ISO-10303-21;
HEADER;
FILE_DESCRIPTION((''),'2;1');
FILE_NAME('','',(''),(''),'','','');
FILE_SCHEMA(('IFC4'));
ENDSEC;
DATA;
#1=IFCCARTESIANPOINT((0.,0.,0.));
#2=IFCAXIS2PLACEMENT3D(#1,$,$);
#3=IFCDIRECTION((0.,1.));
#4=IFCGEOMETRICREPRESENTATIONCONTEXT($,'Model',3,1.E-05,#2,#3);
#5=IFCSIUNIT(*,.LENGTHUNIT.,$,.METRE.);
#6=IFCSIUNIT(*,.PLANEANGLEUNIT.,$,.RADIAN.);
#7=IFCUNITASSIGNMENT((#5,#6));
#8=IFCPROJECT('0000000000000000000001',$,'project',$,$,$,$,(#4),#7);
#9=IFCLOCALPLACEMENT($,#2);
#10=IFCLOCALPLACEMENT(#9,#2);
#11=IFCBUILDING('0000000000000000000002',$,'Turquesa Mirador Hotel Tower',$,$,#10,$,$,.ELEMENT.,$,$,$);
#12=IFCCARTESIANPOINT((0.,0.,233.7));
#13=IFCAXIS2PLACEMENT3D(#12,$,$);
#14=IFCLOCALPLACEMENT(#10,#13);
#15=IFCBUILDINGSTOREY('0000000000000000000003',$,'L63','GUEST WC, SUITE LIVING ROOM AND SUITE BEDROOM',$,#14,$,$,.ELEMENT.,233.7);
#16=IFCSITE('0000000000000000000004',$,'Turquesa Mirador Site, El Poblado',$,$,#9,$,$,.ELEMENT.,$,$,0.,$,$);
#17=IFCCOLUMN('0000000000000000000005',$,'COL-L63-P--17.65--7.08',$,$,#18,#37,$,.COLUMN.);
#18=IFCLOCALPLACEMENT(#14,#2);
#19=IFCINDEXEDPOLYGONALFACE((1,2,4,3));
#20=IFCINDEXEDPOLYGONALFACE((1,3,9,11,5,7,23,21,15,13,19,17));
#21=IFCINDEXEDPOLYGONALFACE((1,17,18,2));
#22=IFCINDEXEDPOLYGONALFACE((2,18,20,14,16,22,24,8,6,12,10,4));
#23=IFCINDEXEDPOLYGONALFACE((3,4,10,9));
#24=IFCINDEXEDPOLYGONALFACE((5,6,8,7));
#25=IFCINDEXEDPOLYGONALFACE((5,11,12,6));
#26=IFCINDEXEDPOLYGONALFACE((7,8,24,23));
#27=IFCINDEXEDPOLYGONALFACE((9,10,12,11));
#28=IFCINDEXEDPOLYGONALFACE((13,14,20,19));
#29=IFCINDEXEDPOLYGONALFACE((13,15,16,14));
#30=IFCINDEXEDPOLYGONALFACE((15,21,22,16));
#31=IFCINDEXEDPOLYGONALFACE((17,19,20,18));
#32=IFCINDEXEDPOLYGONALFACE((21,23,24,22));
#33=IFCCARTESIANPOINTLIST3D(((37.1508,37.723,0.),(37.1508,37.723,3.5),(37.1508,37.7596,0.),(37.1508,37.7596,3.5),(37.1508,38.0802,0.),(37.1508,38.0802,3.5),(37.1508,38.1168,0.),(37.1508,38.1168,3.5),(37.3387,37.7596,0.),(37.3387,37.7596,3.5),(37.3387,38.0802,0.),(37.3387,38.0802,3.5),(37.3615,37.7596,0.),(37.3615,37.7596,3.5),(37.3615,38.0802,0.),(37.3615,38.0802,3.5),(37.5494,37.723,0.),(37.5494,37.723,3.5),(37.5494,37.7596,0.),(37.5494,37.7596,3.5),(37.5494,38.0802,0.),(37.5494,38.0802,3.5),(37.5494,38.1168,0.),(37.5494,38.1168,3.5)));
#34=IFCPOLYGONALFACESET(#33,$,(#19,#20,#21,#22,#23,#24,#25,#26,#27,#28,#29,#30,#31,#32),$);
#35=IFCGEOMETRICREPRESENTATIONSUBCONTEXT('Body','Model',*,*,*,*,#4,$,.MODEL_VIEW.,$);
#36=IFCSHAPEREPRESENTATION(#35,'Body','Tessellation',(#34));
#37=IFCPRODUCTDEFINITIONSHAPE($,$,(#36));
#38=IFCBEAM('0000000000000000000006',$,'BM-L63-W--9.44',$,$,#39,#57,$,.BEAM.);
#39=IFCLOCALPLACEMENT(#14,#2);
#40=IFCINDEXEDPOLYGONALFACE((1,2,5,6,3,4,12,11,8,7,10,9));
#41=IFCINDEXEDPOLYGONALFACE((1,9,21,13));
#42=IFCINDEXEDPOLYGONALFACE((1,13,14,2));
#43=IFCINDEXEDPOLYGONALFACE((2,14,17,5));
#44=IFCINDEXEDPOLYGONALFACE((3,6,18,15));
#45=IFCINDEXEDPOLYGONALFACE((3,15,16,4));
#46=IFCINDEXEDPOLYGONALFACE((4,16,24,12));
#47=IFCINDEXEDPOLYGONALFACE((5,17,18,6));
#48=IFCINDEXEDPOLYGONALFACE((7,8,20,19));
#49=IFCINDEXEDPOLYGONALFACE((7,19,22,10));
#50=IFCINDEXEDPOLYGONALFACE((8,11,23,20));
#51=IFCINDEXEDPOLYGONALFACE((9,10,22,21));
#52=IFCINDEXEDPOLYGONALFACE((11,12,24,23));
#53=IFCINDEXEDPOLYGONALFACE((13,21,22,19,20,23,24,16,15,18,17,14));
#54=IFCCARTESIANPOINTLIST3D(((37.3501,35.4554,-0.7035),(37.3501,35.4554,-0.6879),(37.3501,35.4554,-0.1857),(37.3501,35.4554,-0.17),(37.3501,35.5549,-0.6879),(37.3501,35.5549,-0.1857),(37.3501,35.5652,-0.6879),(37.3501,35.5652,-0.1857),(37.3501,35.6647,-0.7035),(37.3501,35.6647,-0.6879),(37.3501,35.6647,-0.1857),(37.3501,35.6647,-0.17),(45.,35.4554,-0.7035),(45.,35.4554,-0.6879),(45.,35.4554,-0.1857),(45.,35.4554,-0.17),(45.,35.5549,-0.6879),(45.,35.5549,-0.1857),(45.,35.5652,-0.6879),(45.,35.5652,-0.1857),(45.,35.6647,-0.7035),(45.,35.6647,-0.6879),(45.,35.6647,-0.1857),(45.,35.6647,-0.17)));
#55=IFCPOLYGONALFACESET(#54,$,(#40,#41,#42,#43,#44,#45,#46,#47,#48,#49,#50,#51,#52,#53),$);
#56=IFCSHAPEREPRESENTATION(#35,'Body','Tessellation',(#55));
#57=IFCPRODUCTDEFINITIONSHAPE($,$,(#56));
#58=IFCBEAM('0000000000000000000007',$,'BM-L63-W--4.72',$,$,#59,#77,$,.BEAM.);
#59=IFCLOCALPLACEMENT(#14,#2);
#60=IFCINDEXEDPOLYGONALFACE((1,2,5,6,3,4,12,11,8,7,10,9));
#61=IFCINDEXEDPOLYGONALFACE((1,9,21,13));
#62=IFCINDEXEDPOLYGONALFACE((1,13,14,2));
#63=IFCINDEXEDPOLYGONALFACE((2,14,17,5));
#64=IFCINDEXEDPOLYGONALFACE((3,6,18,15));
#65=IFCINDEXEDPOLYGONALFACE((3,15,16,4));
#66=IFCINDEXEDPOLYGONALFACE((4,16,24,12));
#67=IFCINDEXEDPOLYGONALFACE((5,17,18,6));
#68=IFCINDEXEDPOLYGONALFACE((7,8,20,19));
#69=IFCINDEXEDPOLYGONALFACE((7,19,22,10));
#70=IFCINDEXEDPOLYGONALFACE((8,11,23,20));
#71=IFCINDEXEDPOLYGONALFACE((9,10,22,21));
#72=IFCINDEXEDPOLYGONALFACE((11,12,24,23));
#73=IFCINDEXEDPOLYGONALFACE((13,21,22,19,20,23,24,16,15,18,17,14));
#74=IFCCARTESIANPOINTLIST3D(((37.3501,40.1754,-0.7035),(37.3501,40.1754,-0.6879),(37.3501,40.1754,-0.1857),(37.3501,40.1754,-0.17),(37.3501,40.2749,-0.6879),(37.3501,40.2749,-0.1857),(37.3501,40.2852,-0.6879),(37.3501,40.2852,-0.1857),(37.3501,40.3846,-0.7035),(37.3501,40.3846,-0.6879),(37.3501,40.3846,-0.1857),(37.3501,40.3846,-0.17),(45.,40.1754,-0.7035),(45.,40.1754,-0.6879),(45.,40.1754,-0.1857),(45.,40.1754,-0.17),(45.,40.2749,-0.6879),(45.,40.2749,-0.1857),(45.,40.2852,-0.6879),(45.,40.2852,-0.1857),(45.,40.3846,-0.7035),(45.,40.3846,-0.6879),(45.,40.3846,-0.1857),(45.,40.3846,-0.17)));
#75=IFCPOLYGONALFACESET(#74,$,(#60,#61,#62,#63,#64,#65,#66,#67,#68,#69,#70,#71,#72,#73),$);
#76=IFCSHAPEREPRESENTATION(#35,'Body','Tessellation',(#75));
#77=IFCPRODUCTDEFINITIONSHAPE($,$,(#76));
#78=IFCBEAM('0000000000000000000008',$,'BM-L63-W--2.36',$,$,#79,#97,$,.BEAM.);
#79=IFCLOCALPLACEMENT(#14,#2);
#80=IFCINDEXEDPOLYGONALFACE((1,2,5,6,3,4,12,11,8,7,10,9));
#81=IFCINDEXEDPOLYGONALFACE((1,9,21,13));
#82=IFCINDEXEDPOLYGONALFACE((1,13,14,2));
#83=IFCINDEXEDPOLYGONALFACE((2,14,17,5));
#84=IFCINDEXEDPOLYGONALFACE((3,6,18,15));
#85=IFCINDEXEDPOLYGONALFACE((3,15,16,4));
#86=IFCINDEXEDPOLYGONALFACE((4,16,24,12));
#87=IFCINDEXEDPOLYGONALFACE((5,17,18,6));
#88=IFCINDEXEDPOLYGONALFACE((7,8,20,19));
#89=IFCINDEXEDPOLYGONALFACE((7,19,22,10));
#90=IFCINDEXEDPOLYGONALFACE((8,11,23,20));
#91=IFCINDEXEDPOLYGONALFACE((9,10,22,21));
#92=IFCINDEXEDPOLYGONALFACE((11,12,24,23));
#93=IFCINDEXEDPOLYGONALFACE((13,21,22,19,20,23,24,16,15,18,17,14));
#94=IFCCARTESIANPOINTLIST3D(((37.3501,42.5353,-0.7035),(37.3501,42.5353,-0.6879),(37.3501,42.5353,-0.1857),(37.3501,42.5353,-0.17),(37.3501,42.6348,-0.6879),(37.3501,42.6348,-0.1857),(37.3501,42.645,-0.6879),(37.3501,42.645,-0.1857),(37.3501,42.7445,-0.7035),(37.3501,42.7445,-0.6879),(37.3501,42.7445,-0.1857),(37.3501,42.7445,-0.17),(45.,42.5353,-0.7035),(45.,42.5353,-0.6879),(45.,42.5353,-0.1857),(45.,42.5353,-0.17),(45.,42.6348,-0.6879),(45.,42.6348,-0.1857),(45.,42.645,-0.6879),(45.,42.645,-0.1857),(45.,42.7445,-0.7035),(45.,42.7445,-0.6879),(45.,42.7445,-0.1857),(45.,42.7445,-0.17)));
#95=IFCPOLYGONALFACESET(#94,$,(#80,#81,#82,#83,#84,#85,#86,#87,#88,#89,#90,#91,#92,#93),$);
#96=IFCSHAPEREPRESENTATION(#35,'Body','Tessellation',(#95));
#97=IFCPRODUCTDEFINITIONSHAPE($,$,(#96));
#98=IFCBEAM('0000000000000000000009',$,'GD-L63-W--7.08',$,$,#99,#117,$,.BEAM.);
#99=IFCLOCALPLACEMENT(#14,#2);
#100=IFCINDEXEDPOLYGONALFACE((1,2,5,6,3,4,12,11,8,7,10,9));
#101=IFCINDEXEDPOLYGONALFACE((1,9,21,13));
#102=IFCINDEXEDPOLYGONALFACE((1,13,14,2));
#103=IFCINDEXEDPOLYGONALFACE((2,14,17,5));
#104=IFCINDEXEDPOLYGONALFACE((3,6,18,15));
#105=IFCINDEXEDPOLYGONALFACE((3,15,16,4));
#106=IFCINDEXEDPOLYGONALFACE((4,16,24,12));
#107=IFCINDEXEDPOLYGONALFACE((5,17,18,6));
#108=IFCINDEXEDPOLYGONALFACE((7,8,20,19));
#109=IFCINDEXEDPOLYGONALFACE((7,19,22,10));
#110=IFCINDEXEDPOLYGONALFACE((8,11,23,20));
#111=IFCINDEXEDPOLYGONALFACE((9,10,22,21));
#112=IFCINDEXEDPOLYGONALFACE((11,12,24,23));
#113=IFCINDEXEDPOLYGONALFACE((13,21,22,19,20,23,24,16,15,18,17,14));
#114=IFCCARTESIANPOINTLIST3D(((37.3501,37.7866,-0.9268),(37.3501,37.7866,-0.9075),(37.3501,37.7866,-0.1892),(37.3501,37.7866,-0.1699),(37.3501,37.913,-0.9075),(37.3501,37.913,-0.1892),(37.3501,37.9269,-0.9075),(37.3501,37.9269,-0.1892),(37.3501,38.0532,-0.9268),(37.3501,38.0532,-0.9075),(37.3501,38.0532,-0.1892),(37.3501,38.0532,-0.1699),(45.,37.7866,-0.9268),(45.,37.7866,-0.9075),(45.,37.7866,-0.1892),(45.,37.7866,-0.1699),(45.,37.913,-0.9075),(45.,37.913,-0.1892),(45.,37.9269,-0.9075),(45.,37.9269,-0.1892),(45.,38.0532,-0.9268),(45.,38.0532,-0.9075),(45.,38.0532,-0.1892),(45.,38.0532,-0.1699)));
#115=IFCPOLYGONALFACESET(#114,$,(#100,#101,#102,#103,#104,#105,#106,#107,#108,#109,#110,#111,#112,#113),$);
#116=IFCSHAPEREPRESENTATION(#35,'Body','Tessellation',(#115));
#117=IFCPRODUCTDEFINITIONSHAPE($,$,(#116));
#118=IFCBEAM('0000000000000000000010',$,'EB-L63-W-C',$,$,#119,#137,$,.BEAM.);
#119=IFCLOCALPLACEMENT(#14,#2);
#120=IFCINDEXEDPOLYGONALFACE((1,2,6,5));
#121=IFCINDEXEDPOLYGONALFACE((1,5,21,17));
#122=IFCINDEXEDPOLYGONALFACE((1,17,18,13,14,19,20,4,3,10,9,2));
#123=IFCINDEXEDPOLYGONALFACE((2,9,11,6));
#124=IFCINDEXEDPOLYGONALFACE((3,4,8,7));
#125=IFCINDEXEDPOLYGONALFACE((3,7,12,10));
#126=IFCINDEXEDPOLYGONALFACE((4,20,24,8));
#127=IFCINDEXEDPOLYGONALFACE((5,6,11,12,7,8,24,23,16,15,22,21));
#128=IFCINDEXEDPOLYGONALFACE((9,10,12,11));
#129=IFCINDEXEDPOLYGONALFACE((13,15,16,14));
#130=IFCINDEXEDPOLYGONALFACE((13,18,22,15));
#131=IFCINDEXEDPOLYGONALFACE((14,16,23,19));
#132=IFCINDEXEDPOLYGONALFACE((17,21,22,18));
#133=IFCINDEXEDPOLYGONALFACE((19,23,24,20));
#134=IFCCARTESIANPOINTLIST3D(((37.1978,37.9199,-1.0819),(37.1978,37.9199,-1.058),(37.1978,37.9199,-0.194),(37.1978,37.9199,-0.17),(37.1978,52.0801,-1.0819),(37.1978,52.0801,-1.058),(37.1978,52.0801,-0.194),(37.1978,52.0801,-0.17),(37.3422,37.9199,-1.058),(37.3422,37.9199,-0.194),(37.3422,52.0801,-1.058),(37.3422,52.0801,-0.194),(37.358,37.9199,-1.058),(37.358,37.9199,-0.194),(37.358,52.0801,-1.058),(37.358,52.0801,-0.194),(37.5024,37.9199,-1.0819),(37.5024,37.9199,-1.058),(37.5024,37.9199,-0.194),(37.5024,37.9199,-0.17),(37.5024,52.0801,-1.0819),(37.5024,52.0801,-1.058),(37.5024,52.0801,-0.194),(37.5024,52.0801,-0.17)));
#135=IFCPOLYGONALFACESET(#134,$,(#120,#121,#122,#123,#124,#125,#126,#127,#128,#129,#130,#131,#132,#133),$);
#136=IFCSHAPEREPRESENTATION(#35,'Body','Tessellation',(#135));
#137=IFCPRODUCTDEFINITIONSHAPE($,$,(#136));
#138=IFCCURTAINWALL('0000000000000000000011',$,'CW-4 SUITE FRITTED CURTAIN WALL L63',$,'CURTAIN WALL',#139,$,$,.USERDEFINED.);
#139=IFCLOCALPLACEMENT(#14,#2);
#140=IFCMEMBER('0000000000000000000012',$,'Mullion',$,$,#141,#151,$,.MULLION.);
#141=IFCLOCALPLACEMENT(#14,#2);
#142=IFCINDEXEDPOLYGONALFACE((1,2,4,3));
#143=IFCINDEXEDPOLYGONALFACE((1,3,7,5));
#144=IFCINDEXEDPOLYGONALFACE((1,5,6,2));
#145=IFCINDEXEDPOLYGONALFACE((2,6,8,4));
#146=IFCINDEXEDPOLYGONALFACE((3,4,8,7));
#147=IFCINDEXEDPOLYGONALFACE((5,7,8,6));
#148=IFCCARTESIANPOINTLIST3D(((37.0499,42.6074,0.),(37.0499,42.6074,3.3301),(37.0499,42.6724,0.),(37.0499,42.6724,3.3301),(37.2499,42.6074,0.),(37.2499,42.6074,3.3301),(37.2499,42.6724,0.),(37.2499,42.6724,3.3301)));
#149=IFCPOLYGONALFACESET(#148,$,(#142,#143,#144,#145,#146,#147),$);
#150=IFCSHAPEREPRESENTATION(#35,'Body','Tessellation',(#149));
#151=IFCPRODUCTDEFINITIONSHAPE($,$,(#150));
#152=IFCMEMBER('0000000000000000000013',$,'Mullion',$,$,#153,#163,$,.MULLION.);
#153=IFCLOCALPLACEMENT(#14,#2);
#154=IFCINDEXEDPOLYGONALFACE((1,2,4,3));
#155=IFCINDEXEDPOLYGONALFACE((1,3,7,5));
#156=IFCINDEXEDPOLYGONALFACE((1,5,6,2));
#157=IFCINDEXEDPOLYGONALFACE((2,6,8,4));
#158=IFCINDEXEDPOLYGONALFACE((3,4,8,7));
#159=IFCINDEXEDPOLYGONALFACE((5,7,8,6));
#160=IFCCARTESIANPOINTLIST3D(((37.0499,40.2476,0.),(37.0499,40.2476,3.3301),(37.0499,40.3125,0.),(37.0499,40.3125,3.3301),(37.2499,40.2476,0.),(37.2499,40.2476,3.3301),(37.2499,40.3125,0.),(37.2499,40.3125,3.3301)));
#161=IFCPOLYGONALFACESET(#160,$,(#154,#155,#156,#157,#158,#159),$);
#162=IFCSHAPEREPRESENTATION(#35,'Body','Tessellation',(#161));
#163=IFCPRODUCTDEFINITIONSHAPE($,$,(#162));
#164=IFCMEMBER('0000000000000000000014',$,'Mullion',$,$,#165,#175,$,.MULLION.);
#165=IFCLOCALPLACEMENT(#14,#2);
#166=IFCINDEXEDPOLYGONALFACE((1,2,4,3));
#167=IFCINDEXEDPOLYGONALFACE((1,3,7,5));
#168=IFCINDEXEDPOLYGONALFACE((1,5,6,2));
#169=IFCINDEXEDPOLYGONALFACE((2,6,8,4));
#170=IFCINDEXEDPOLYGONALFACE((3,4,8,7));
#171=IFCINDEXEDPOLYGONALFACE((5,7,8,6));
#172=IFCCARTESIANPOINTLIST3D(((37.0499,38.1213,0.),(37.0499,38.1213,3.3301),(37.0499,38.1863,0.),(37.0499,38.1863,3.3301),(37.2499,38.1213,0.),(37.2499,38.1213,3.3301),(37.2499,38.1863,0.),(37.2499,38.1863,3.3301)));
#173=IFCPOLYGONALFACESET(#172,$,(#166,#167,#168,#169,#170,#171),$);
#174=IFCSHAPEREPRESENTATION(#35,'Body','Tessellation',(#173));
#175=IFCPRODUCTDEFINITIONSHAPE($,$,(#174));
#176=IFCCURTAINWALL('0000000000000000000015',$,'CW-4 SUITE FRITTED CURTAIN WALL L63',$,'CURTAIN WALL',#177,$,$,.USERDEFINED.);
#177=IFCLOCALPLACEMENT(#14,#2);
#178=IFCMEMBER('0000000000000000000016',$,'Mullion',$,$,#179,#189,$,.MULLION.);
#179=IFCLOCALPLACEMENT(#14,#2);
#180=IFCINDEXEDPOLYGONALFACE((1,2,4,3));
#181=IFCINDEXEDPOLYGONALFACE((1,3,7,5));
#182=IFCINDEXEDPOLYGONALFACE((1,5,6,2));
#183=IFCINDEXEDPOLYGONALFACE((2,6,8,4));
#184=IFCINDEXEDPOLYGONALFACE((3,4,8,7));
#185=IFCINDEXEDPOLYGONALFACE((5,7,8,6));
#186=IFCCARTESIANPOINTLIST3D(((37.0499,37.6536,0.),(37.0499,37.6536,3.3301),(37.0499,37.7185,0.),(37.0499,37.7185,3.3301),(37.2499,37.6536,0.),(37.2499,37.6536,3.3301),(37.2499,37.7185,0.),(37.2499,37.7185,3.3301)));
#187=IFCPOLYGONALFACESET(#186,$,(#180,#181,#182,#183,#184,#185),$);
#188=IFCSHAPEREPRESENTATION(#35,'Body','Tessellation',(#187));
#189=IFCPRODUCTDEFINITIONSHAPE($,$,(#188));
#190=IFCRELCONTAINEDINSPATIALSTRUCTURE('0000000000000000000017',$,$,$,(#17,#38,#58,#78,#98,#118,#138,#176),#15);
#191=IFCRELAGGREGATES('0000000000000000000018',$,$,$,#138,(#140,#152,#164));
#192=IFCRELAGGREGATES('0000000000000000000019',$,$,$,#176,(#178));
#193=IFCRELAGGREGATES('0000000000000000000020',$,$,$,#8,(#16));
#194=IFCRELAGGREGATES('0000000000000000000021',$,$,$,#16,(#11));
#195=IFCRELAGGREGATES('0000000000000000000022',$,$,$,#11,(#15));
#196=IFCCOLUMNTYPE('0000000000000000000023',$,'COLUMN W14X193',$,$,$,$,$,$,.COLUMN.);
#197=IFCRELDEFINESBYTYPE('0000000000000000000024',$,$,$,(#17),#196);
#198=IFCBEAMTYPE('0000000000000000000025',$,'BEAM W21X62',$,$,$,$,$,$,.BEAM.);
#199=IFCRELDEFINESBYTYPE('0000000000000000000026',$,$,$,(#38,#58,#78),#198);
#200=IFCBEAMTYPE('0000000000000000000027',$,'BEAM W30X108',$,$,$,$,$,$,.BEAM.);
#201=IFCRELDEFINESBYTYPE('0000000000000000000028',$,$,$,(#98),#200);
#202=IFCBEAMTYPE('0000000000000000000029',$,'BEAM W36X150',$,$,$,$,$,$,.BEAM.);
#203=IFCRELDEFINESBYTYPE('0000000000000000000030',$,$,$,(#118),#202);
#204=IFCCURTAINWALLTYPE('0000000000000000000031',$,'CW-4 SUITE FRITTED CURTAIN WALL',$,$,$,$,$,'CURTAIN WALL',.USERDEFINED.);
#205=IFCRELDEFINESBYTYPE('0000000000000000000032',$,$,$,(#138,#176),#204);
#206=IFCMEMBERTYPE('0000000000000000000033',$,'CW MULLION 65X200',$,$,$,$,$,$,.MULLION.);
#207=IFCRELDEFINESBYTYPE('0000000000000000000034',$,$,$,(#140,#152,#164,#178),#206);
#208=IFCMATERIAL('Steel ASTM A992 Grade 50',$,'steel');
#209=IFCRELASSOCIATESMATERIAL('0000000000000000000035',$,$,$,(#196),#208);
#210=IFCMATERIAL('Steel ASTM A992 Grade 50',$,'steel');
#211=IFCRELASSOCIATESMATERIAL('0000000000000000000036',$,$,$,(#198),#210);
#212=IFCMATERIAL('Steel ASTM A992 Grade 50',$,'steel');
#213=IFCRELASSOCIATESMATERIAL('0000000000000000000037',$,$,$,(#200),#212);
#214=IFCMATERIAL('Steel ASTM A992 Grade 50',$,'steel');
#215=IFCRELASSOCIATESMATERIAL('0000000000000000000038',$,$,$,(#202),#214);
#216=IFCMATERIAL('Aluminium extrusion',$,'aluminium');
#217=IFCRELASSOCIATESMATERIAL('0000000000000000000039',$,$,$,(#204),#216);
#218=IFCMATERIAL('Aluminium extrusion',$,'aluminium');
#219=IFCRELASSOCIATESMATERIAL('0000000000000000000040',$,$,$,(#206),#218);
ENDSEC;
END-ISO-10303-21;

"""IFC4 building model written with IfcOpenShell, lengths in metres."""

from ifc_helpers import new_model, si_unit, direction, frame, origin, origin_2d, place, context, subcontext, project, spatial, rectangle, i_section, extrude, material, material_profile, profile_set, type_object, element, aggregate, save


model = new_model("IFC4")

# Units and contexts
model_context = context("Model", 3, precision=1e-05, world=origin(), true_north=direction((0.0, 1.0)))
body_context = subcontext(model_context, "Body", "Model", "MODEL_VIEW")
ifc_project = project(units=[si_unit("LENGTHUNIT", "METRE"), si_unit("PLANEANGLEUNIT", "RADIAN")], contexts=[model_context])

# Site, building, storey
site_placement = place(None, origin())
site = spatial("IfcSite", under=ifc_project, at=site_placement, Name="Turquesa Mirador Site, El Poblado", CompositionType="ELEMENT", RefElevation=0.0)
building_placement = place(site_placement, origin())
building = spatial("IfcBuilding", under=site, at=building_placement, Name="Turquesa Mirador Hotel Tower", CompositionType="ELEMENT")
storey_placement = place(building_placement, frame((0.0, 0.0, 233.7)))
storey = spatial("IfcBuildingStorey", under=building, at=storey_placement, Name="L63", Description="GUEST WC, SUITE LIVING ROOM AND SUITE BEDROOM", CompositionType="ELEMENT", Elevation=233.7)

# Column
ifc_material_1 = material(Name="Steel ASTM A992 Grade 50", Category="steel")
ifc_material_profile_1 = material_profile(ifc_material_1, i_section(OverallWidth=0.3987, OverallDepth=0.3938, WebThickness=0.0227, FlangeThickness=0.0366, at=origin_2d()), Name="W14X193")
ifc_profile_set_1 = profile_set([ifc_material_profile_1], Name="Steel ASTM A992 Grade 50")
column_type = type_object("IfcColumnType", Name="COLUMN W14X193", PredefinedType="COLUMN", material=ifc_profile_set_1)
column_placement = place(storey_placement, frame((37.3501, 37.9199, 0.0), z_axis=(0.0, 0.0, 1.0), x_axis=(1.0, 0.0, 0.0)))
element("IfcColumn", 1, at=column_placement, inside=storey, type_object=column_type, Name="COL-L63-P--17.65--7.08", PredefinedType="COLUMN", context=body_context, shape_type="SweptSolid", body=[
    extrude(i_section(OverallWidth=0.3987, OverallDepth=0.3938, WebThickness=0.0227, FlangeThickness=0.0366, at=origin_2d()), origin(), (0.0, 0.0, 1.0), 3.5),
])

# Beams
ifc_material_2 = material(Name="Steel ASTM A992 Grade 50", Category="steel")
ifc_material_profile_2 = material_profile(ifc_material_2, i_section(OverallWidth=0.2092, OverallDepth=0.5334, WebThickness=0.0103, FlangeThickness=0.0156, at=origin_2d()), Name="W21X62")
ifc_profile_set_2 = profile_set([ifc_material_profile_2], Name="Steel ASTM A992 Grade 50")
beam_type_1 = type_object("IfcBeamType", Name="BEAM W21X62", PredefinedType="BEAM", material=ifc_profile_set_2)
for number, where, z_axis, x_axis, name in (
    (2, (37.3501, 35.5601, -0.4368), (1.0, 0.0, 0.0), (0.0, 1.0, 0.0), "BM-L63-W--9.44"),
    (3, (37.3501, 40.28, -0.4368), (1.0, 0.0, 0.0), (0.0, 1.0, 0.0), "BM-L63-W--4.72"),
    (4, (37.3501, 42.6399, -0.4368), (1.0, 0.0, 0.0), (0.0, 1.0, 0.0), "BM-L63-W--2.36"),
):
    element("IfcBeam", number, at=place(storey_placement, frame(where, z_axis=z_axis, x_axis=x_axis)), inside=storey, type_object=beam_type_1, Name=name, PredefinedType="BEAM", context=body_context, shape_type="SweptSolid", body=[
        extrude(i_section(OverallWidth=0.2092, OverallDepth=0.5334, WebThickness=0.0103, FlangeThickness=0.0156, at=origin_2d()), origin(), (0.0, 0.0, 1.0), 7.6499),
    ])
ifc_material_3 = material(Name="Steel ASTM A992 Grade 50", Category="steel")
ifc_material_profile_3 = material_profile(ifc_material_3, i_section(OverallWidth=0.2666, OverallDepth=0.7568, WebThickness=0.0139, FlangeThickness=0.0193, at=origin_2d()), Name="W30X108")
ifc_profile_set_3 = profile_set([ifc_material_profile_3], Name="Steel ASTM A992 Grade 50")
beam_type_2 = type_object("IfcBeamType", Name="BEAM W30X108", PredefinedType="BEAM", material=ifc_profile_set_3)
beam_1_placement = place(storey_placement, frame((37.3501, 37.9199, -0.5483), z_axis=(1.0, 0.0, 0.0), x_axis=(0.0, 1.0, 0.0)))
element("IfcBeam", 5, at=beam_1_placement, inside=storey, type_object=beam_type_2, Name="GD-L63-W--7.08", PredefinedType="BEAM", context=body_context, shape_type="SweptSolid", body=[
    extrude(i_section(OverallWidth=0.2666, OverallDepth=0.7568, WebThickness=0.0139, FlangeThickness=0.0193, at=origin_2d()), origin(), (0.0, 0.0, 1.0), 7.6499),
])
ifc_material_4 = material(Name="Steel ASTM A992 Grade 50", Category="steel")
ifc_material_profile_4 = material_profile(ifc_material_4, i_section(OverallWidth=0.3047, OverallDepth=0.9119, WebThickness=0.0159, FlangeThickness=0.0239, at=origin_2d()), Name="W36X150")
ifc_profile_set_4 = profile_set([ifc_material_profile_4], Name="Steel ASTM A992 Grade 50")
beam_type_3 = type_object("IfcBeamType", Name="BEAM W36X150", PredefinedType="BEAM", material=ifc_profile_set_4)
beam_2_placement = place(storey_placement, frame((37.3501, 37.9199, -0.626), z_axis=(0.0, 1.0, 0.0), x_axis=(-1.0, 0.0, 0.0)))
element("IfcBeam", 6, at=beam_2_placement, inside=storey, type_object=beam_type_3, Name="EB-L63-W-C", PredefinedType="BEAM", context=body_context, shape_type="SweptSolid", body=[
    extrude(i_section(OverallWidth=0.3047, OverallDepth=0.9119, WebThickness=0.0159, FlangeThickness=0.0239, at=origin_2d()), origin(), (0.0, 0.0, 1.0), 14.1602),
])

# Curtain walls, members
ifc_material_5 = material(Name="Aluminium extrusion", Category="aluminium")
curtain_wall_type = type_object("IfcCurtainWallType", Name="CW-4 SUITE FRITTED CURTAIN WALL", ElementType="CURTAIN WALL", PredefinedType="USERDEFINED", material=ifc_material_5)
curtain_wall_1_placement = place(storey_placement, origin())
curtain_wall_1 = element("IfcCurtainWall", 7, at=curtain_wall_1_placement, inside=storey, type_object=curtain_wall_type, Name="CW-4 SUITE FRITTED CURTAIN WALL L63", ObjectType="CURTAIN WALL", PredefinedType="USERDEFINED")
ifc_material_6 = material(Name="Aluminium extrusion", Category="aluminium")
ifc_material_profile_5 = material_profile(ifc_material_6, rectangle(XDim=0.0649, YDim=0.2, at=origin_2d()), Name="MULLION 65X200")
ifc_profile_set_5 = profile_set([ifc_material_profile_5], Name="Aluminium extrusion")
member_type_1 = type_object("IfcMemberType", Name="CW MULLION 65X200", PredefinedType="MULLION", material=ifc_profile_set_5)
member_1_placement = place(storey_placement, frame((37.1499, 42.6399, 0.0), z_axis=(0.0, 0.0, 1.0), x_axis=(0.0, -1.0, 0.0)))
member_1 = element("IfcMember", 8, at=member_1_placement, type_object=member_type_1, Name="Mullion", PredefinedType="MULLION", context=body_context, shape_type="SweptSolid", body=[
    extrude(rectangle(XDim=0.0649, YDim=0.2, at=origin_2d()), origin(), (0.0, 0.0, 1.0), 3.3301),
])
member_2_placement = place(storey_placement, frame((37.1499, 40.28, 0.0), z_axis=(0.0, 0.0, 1.0), x_axis=(0.0, -1.0, 0.0)))
member_2 = element("IfcMember", 9, at=member_2_placement, type_object=member_type_1, Name="Mullion", PredefinedType="MULLION", context=body_context, shape_type="SweptSolid", body=[
    extrude(rectangle(XDim=0.0649, YDim=0.2, at=origin_2d()), origin(), (0.0, 0.0, 1.0), 3.3301),
])
member_3_placement = place(storey_placement, frame((37.1499, 38.1538, 0.0), z_axis=(0.0, 0.0, 1.0), x_axis=(0.0, -1.0, 0.0)))
member_3 = element("IfcMember", 10, at=member_3_placement, type_object=member_type_1, Name="Mullion", PredefinedType="MULLION", context=body_context, shape_type="SweptSolid", body=[
    extrude(rectangle(XDim=0.0649, YDim=0.2, at=origin_2d()), origin(), (0.0, 0.0, 1.0), 3.3301),
])
curtain_wall_2_placement = place(storey_placement, origin())
curtain_wall_2 = element("IfcCurtainWall", 11, at=curtain_wall_2_placement, inside=storey, type_object=curtain_wall_type, Name="CW-4 SUITE FRITTED CURTAIN WALL L63", ObjectType="CURTAIN WALL", PredefinedType="USERDEFINED")
member_4_placement = place(storey_placement, frame((37.1499, 37.686, 0.0), z_axis=(0.0, 0.0, 1.0), x_axis=(0.0, -1.0, 0.0)))
member_4 = element("IfcMember", 12, at=member_4_placement, type_object=member_type_1, Name="Mullion", PredefinedType="MULLION", context=body_context, shape_type="SweptSolid", body=[
    extrude(rectangle(XDim=0.0649, YDim=0.2, at=origin_2d()), origin(), (0.0, 0.0, 1.0), 3.3301),
])

aggregate(curtain_wall_1, [member_1, member_2, member_3])
aggregate(curtain_wall_2, [member_4])

save(model, "model.ifc")
